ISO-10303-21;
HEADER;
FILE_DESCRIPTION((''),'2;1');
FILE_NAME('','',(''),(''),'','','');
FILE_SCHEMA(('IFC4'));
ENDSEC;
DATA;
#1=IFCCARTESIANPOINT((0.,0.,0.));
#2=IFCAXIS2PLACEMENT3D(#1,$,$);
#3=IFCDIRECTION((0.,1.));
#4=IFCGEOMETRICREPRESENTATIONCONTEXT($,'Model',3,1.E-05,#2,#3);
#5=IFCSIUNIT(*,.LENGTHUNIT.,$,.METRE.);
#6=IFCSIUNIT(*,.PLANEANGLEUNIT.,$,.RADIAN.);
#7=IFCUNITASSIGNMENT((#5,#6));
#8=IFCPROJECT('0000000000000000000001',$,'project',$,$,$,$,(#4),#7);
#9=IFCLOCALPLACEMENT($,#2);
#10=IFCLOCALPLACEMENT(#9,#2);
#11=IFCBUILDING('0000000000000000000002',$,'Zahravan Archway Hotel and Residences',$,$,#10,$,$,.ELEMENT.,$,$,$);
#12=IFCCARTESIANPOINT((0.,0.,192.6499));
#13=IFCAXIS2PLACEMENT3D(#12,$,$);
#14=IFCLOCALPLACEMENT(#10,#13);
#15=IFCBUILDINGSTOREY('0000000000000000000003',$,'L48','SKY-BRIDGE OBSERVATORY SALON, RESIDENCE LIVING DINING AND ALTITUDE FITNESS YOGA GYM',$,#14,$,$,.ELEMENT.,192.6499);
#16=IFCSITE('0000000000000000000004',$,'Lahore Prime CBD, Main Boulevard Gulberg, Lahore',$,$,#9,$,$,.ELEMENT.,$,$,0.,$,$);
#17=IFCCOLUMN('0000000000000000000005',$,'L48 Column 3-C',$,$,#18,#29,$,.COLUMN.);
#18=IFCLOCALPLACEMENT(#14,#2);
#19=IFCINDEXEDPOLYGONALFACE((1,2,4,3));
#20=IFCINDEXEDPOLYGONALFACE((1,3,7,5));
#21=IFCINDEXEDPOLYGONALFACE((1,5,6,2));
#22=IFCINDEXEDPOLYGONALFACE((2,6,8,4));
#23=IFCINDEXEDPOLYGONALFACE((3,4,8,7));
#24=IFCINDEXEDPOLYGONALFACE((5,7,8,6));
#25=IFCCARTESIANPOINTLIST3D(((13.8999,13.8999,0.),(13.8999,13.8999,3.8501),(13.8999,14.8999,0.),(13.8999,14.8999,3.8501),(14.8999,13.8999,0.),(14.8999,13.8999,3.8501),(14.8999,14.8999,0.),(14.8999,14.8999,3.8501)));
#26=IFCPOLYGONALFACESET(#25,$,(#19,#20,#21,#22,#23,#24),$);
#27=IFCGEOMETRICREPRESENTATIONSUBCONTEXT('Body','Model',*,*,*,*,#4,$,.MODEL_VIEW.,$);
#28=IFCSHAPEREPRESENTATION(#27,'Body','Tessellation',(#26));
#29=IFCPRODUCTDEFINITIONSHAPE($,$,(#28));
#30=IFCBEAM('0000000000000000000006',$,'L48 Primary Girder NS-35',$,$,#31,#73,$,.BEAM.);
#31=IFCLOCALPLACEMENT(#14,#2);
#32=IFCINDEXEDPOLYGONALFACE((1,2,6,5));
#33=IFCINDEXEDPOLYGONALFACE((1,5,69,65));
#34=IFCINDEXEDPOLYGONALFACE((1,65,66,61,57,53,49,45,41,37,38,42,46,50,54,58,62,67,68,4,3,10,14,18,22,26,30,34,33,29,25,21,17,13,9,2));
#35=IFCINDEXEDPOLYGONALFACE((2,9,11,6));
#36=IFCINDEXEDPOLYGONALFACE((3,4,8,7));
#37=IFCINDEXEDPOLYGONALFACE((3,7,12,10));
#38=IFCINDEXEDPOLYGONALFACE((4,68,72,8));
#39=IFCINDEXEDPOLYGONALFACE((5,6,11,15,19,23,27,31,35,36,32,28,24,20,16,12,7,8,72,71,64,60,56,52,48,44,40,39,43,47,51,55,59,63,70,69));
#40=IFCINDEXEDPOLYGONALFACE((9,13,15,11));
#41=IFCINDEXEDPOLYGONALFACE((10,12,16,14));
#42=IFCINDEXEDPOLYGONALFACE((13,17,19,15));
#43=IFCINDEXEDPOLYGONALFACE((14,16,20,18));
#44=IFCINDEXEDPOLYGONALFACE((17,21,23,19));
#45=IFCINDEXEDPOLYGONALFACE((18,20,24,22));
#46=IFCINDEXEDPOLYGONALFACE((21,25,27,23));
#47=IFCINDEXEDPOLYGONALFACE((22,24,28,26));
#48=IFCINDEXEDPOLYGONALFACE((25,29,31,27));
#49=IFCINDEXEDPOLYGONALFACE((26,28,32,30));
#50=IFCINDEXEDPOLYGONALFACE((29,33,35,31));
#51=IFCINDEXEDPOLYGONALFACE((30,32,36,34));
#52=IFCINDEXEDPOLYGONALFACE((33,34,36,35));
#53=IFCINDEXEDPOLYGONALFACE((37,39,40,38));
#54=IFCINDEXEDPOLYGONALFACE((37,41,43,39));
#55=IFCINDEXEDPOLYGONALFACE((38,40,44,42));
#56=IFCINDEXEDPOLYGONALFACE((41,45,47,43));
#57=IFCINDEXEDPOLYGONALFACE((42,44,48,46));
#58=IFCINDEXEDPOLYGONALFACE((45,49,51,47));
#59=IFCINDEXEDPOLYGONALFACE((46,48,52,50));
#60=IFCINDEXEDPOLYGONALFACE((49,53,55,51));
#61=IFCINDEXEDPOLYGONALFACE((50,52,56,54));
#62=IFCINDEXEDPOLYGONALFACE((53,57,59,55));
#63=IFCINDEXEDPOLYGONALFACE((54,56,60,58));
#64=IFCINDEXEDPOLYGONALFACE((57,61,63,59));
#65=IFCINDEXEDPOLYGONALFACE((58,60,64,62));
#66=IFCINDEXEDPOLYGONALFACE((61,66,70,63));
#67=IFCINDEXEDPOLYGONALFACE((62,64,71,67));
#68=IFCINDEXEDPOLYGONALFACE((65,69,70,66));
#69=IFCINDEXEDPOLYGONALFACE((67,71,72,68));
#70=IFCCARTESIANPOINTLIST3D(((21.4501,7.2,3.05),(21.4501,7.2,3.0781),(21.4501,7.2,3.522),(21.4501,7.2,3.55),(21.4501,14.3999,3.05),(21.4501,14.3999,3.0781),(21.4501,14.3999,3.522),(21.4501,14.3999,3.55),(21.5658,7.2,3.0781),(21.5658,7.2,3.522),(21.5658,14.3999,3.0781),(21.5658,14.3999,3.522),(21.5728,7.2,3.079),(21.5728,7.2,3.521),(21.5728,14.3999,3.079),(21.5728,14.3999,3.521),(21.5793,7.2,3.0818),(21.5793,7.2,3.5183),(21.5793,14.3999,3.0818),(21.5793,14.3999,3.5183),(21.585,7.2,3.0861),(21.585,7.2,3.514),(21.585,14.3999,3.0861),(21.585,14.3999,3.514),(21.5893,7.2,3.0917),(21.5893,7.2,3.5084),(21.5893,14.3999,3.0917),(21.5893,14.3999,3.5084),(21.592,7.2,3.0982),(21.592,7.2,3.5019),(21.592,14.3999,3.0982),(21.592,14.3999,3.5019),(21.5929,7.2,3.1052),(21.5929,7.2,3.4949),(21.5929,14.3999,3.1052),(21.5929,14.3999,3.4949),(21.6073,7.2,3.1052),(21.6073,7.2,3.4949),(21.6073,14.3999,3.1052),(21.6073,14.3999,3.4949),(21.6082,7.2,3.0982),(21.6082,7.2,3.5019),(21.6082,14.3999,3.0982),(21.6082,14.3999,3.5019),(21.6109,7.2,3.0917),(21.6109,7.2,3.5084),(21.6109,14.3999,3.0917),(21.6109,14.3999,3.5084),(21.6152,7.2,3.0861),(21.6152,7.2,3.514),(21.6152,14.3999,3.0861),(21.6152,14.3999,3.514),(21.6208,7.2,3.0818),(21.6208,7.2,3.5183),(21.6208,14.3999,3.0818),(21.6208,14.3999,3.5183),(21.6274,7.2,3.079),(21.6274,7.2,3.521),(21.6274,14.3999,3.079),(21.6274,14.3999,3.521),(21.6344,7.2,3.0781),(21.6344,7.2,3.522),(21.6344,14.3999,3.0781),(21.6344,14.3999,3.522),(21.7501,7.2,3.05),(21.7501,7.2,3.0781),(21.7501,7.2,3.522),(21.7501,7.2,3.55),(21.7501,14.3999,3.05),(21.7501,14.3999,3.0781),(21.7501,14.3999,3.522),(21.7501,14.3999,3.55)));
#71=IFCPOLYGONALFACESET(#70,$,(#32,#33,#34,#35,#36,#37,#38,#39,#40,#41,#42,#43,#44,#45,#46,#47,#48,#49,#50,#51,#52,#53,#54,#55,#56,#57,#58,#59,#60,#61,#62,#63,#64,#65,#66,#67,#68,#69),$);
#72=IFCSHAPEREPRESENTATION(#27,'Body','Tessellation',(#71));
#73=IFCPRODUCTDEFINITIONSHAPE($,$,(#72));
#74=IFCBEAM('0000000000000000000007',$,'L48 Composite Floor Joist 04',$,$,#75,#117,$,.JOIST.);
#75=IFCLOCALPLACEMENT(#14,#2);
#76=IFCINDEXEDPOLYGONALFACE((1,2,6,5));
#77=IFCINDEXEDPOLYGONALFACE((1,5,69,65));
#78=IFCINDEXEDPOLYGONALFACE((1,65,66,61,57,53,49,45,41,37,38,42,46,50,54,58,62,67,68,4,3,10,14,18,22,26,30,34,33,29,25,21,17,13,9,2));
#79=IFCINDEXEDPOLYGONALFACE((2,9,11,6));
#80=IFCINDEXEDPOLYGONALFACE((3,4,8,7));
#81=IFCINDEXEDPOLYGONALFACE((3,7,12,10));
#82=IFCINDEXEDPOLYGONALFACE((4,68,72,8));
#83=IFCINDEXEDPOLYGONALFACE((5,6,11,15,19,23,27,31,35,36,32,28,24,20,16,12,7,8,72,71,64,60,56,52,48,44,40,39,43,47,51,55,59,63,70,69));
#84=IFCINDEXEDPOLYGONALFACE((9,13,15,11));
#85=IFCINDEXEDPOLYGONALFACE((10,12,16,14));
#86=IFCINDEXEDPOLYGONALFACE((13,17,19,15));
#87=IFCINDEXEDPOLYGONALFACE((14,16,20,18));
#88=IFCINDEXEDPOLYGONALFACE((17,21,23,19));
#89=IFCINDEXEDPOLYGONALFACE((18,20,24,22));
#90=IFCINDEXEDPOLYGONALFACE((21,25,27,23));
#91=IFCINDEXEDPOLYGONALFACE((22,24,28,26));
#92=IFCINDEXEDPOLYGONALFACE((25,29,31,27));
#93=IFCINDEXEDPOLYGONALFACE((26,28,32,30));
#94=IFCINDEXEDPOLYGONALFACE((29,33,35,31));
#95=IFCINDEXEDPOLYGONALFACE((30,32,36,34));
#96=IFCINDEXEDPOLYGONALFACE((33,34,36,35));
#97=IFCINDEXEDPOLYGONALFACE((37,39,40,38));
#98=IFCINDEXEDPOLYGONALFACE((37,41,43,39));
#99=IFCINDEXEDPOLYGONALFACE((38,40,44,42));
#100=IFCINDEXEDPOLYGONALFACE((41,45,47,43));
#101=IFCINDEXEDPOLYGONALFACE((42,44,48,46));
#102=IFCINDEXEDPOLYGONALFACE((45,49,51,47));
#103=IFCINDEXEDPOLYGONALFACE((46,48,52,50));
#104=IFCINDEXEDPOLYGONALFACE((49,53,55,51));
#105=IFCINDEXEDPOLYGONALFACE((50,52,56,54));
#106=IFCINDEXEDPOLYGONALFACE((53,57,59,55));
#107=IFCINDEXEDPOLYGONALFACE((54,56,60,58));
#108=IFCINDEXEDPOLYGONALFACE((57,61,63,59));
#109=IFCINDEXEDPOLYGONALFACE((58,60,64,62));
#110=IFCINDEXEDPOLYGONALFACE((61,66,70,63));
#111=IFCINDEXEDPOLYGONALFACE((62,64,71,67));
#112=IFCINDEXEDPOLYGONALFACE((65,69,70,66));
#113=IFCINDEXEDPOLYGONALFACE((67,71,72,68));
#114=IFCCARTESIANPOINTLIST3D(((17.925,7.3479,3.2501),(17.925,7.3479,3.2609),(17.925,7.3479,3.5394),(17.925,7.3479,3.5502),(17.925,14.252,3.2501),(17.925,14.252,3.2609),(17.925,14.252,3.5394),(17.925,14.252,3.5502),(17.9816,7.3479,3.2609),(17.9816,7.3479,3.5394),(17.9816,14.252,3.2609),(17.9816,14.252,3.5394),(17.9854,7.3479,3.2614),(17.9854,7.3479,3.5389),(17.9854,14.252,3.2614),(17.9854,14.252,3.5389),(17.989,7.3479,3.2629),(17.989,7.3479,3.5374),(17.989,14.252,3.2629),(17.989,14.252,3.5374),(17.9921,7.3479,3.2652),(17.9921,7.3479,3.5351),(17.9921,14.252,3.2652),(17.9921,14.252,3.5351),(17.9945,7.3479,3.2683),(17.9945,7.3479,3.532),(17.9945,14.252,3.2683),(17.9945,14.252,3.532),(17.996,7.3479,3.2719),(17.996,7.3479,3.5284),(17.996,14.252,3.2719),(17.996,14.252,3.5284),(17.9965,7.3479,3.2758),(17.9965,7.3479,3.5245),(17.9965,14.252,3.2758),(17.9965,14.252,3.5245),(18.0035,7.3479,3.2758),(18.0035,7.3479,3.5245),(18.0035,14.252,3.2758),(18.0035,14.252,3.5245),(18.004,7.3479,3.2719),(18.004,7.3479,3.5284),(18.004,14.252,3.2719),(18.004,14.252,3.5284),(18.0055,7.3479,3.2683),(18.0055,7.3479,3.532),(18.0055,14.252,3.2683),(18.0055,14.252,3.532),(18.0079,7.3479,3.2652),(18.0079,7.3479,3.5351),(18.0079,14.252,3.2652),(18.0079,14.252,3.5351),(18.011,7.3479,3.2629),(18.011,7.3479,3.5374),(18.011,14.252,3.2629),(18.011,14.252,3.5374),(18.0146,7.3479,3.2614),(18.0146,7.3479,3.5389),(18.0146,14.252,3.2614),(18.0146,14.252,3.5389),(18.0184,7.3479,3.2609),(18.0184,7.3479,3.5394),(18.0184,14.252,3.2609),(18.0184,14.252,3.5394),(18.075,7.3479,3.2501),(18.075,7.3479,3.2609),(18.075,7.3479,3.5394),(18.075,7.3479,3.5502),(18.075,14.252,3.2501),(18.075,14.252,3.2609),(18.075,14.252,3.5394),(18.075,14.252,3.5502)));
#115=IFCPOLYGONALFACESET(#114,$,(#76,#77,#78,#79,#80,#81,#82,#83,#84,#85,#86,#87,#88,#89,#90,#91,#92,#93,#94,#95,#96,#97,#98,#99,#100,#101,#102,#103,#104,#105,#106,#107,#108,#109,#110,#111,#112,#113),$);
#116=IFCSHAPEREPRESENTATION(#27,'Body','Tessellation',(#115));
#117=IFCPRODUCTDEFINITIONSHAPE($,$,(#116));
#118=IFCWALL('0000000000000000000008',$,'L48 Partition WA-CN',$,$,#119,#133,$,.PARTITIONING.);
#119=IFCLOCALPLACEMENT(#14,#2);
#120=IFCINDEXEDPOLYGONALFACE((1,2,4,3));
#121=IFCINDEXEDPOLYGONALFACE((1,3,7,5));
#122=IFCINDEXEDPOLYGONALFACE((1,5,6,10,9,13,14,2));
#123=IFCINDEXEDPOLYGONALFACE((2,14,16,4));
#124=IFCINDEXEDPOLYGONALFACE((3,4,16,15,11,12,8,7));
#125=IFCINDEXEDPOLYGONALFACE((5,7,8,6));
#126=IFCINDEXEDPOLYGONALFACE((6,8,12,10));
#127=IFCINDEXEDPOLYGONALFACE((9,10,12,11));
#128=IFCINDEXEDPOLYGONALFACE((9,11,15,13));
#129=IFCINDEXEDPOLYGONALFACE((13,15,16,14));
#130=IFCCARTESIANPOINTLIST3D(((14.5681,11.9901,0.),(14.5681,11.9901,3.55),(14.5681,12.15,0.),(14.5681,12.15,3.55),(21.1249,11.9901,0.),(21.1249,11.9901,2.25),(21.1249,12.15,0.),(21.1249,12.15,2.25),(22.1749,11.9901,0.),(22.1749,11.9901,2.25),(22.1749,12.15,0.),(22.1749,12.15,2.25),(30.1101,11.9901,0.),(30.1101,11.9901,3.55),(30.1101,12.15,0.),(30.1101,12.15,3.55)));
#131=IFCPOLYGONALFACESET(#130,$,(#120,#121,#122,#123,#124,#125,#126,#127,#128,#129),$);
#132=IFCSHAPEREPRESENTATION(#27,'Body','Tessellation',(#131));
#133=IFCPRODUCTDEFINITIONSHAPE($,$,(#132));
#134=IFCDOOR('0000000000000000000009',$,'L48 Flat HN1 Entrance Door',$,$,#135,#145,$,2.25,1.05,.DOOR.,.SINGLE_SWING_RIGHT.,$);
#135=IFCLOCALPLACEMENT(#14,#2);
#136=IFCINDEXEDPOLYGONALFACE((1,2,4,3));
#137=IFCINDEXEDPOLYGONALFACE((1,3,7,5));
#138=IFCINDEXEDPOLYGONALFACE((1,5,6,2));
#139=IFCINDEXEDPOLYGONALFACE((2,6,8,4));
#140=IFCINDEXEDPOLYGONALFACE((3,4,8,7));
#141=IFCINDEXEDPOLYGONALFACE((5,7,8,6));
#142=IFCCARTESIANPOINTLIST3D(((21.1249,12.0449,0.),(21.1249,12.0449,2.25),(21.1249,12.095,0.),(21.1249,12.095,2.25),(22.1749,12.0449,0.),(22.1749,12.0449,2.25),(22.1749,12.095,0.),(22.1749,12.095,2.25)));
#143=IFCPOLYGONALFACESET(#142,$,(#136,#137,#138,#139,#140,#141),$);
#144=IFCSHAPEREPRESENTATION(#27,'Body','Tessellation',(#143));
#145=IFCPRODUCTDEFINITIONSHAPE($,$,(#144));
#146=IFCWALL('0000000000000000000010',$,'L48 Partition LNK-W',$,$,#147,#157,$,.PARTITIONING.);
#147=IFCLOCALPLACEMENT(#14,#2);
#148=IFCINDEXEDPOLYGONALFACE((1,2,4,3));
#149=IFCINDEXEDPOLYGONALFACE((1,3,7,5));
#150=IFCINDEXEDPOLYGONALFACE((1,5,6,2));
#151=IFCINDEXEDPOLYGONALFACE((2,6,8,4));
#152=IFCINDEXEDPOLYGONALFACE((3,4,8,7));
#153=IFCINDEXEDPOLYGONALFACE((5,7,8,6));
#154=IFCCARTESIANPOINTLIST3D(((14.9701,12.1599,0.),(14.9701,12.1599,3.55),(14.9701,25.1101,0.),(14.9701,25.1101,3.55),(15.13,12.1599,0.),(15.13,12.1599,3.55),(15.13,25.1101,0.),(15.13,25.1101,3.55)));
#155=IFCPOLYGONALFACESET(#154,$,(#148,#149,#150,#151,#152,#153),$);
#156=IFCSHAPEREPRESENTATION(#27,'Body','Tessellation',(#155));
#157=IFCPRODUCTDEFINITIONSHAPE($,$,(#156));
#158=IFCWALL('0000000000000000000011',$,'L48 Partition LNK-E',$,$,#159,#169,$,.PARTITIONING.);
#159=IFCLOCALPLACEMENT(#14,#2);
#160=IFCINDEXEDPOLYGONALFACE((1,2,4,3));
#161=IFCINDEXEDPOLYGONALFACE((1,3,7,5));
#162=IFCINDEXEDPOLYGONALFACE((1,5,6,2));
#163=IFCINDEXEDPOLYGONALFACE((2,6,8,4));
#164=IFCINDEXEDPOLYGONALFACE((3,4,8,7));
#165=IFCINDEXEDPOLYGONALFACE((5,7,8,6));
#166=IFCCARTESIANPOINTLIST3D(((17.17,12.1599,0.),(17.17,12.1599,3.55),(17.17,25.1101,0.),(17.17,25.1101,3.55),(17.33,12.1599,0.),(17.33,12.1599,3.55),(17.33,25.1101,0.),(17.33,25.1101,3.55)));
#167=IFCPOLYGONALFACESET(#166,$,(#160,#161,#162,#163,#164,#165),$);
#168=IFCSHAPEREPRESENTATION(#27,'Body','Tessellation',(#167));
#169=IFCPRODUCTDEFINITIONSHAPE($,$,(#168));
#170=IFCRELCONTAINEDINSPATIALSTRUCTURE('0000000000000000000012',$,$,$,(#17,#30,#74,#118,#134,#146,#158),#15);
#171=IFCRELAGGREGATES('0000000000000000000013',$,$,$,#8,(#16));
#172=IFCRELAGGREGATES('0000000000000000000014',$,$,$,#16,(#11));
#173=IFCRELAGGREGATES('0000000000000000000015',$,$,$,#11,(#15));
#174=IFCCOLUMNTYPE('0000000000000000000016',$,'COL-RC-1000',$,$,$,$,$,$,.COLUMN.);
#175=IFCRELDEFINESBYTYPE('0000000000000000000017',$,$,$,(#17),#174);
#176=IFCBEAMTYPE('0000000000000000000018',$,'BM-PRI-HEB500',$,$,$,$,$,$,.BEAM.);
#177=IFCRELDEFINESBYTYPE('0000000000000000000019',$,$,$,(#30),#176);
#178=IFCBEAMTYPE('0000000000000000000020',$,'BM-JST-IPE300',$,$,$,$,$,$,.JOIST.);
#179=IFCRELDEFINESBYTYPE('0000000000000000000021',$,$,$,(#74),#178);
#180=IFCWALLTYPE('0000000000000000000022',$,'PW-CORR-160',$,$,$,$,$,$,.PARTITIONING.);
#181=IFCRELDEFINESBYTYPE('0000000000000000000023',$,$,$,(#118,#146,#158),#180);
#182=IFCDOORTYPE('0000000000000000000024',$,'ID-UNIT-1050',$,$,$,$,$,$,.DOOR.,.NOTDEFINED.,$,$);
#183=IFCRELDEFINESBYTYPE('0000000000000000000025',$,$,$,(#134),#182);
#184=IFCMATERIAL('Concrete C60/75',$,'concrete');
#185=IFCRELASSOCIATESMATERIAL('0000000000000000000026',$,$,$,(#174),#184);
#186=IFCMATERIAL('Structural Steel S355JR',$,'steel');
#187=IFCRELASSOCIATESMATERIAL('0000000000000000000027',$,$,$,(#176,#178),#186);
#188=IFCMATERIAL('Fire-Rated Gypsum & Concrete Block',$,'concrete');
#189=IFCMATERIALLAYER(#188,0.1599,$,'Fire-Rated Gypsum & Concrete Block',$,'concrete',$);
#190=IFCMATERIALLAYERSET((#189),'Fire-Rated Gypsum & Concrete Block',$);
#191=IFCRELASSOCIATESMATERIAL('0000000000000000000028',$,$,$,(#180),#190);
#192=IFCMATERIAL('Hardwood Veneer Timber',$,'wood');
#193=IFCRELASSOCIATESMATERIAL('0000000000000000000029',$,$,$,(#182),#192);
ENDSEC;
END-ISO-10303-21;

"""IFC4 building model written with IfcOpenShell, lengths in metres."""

from ifc_helpers import new_model, si_unit, direction, frame, frame_2d, origin, origin_2d, place, context, subcontext, project, spatial, rectangle, i_section, extrude, source, transform, mapped, material, layer, layer_set, material_profile, profile_set, type_object, type_shapes, element, fill, save


model = new_model("IFC4")

# Units and contexts
model_context = context("Model", 3, precision=1e-05, world=origin(), true_north=direction((0.0, 1.0)))
body_context = subcontext(model_context, "Body", "Model", "MODEL_VIEW")
ifc_project = project(units=[si_unit("LENGTHUNIT", "METRE"), si_unit("PLANEANGLEUNIT", "RADIAN")], contexts=[model_context])

# Site, building, storey
site_placement = place(None, origin())
site = spatial("IfcSite", under=ifc_project, at=site_placement, Name="Lahore Prime CBD, Main Boulevard Gulberg, Lahore", CompositionType="ELEMENT", RefElevation=0.0)
building_placement = place(site_placement, origin())
building = spatial("IfcBuilding", under=site, at=building_placement, Name="Zahravan Archway Hotel and Residences", CompositionType="ELEMENT")
storey_placement = place(building_placement, frame((0.0, 0.0, 192.6499)))
storey = spatial("IfcBuildingStorey", under=building, at=storey_placement, Name="L48", Description="SKY-BRIDGE OBSERVATORY SALON, RESIDENCE LIVING DINING AND ALTITUDE FITNESS YOGA GYM", CompositionType="ELEMENT", Elevation=192.6499)

# Column
ifc_material_1 = material(Name="Concrete C60/75", Category="concrete")
ifc_material_profile_1 = material_profile(ifc_material_1, rectangle(XDim=1.0, YDim=1.0, at=origin_2d()), Name="RC-COL-1000x1000", Category="concrete")
ifc_profile_set_1 = profile_set([ifc_material_profile_1], Name="Concrete C60/75")
column_type = type_object("IfcColumnType", Name="COL-RC-1000", PredefinedType="COLUMN", material=ifc_profile_set_1)
shared_shape_1 = source(origin(), body_context, "Body", "SweptSolid", [
    extrude(rectangle(XDim=1.0, YDim=1.0, at=origin_2d()), origin(), (0.0, 0.0, 1.0), 3.8501),
])
column_placement = place(storey_placement, frame((14.3999, 14.3999, 0.0), z_axis=(0.0, 0.0, 1.0), x_axis=(1.0, 0.0, 0.0)))
element("IfcColumn", 1, at=column_placement, inside=storey, type_object=column_type, Name="L48 Column 3-C", PredefinedType="COLUMN", context=body_context, shape_type="MappedRepresentation", body=[
    mapped(shared_shape_1, transform((0.0, 0.0, 0.0), scale=1.0)),
])

# Beams
ifc_material_2 = material(Name="Structural Steel S355JR", Category="steel")
ifc_material_profile_2 = material_profile(ifc_material_2, i_section(OverallWidth=0.3, OverallDepth=0.5, WebThickness=0.0144, FlangeThickness=0.0281, FilletRadius=0.0271, at=origin_2d()), Name="HEB 500", Category="steel")
ifc_profile_set_2 = profile_set([ifc_material_profile_2], Name="Structural Steel S355JR")
beam_type_1 = type_object("IfcBeamType", Name="BM-PRI-HEB500", PredefinedType="BEAM", material=ifc_profile_set_2)
shared_shape_2 = source(origin(), body_context, "Body", "SweptSolid", [
    extrude(i_section(OverallWidth=0.3, OverallDepth=0.5, WebThickness=0.0144, FlangeThickness=0.0281, FilletRadius=0.0271, at=origin_2d()), origin(), (0.0, 0.0, 1.0), 7.2),
])
beam_1_placement = place(storey_placement, frame((21.6001, 7.2, 3.3), z_axis=(0.0, 1.0, 0.0), x_axis=(-1.0, 0.0, 0.0)))
element("IfcBeam", 2, at=beam_1_placement, inside=storey, type_object=beam_type_1, Name="L48 Primary Girder NS-35", PredefinedType="BEAM", context=body_context, shape_type="MappedRepresentation", body=[
    mapped(shared_shape_2, transform((0.0, 0.0, 0.0), scale=1.0)),
])
ifc_material_profile_3 = material_profile(ifc_material_2, i_section(OverallWidth=0.1499, OverallDepth=0.3, WebThickness=0.0071, FlangeThickness=0.0107, FilletRadius=0.0149, at=origin_2d()), Name="IPE 300", Category="steel")
ifc_profile_set_3 = profile_set([ifc_material_profile_3], Name="Structural Steel S355JR")
beam_type_2 = type_object("IfcBeamType", Name="BM-JST-IPE300", PredefinedType="JOIST", material=ifc_profile_set_3)
shared_shape_3 = source(origin(), body_context, "Body", "SweptSolid", [
    extrude(i_section(OverallWidth=0.1499, OverallDepth=0.3, WebThickness=0.0071, FlangeThickness=0.0107, FilletRadius=0.0149, at=origin_2d()), origin(), (0.0, 0.0, 1.0), 6.9041),
])
type_shapes(beam_type_2, [shared_shape_3])
beam_2_placement = place(storey_placement, frame((18.0, 7.3479, 3.4001), z_axis=(0.0, 1.0, 0.0), x_axis=(-1.0, 0.0, 0.0)))
element("IfcBeam", 3, at=beam_2_placement, inside=storey, type_object=beam_type_2, Name="L48 Composite Floor Joist 04", PredefinedType="JOIST", context=body_context, shape_type="MappedRepresentation", body=[
    mapped(shared_shape_3, transform((0.0, 0.0, 0.0), scale=1.0)),
])

# Wall, opening, door
ifc_material_3 = material(Name="Fire-Rated Gypsum & Concrete Block", Category="concrete")
ifc_layer_1 = layer(ifc_material_3, 0.1599, Name="Fire-Rated Gypsum & Concrete Block", Category="concrete")
ifc_layer_set_1 = layer_set([ifc_layer_1], Name="Fire-Rated Gypsum & Concrete Block")
wall_type_1 = type_object("IfcWallType", Name="PW-CORR-160", PredefinedType="PARTITIONING", material=ifc_layer_set_1)
wall_1_placement = place(storey_placement, frame((14.5681, 12.0701, 0.0), z_axis=(0.0, 0.0, 1.0), x_axis=(1.0, 0.0, 0.0)))
wall_1 = element("IfcWall", 4, at=wall_1_placement, inside=storey, type_object=wall_type_1, Name="L48 Partition WA-CN", PredefinedType="PARTITIONING", context=body_context, shape_type="SweptSolid", body=[
    extrude(rectangle(XDim=15.542, YDim=0.1599, at=frame_2d((7.771, 0.0))), origin(), (0.0, 0.0, 1.0), 3.55),
])
opening_1_placement = place(wall_1_placement, frame((6.5569, 0.0, 0.0)))
opening_1 = element("IfcOpeningElement", 5, at=opening_1_placement, cuts=wall_1, PredefinedType="OPENING", context=body_context, shape_type="SweptSolid", body=[
    extrude(rectangle(XDim=1.05, YDim=2.25, at=frame_2d((0.5249, 1.125))), frame((0.0, 0.0898, 0.0), z_axis=(0.0, -1.0, 0.0), x_axis=(1.0, 0.0, 0.0)), (0.0, 0.0, 1.0), 0.1799),
])
ifc_material_4 = material(Name="Hardwood Veneer Timber", Category="wood")
door_type_1 = type_object("IfcDoorType", Name="ID-UNIT-1050", OperationType="NOTDEFINED", PredefinedType="DOOR", material=ifc_material_4)
shared_shape_4 = source(origin(), body_context, "Body", "SweptSolid", [
    extrude(rectangle(XDim=1.05, YDim=2.25, at=frame_2d((0.5249, 1.125))), frame((0.0, 0.0249, 0.0), z_axis=(0.0, -1.0, 0.0), x_axis=(1.0, 0.0, 0.0)), (0.0, 0.0, 1.0), 0.05),
])
type_shapes(door_type_1, [shared_shape_4])
door_1_placement = place(opening_1_placement, origin())
door_1 = element("IfcDoor", 6, at=door_1_placement, inside=storey, type_object=door_type_1, Name="L48 Flat HN1 Entrance Door", OperationType="SINGLE_SWING_RIGHT", OverallHeight=2.25, OverallWidth=1.05, PredefinedType="DOOR", context=body_context, shape_type="MappedRepresentation", body=[
    mapped(shared_shape_4, transform((0.0, 0.0, 0.0), scale=1.0)),
])
fill(opening_1, door_1)

# Walls
for number, where, z_axis, x_axis, name in (
    (7, (15.05, 12.1599, 0.0), (0.0, 0.0, 1.0), (0.0, 1.0, 0.0), "L48 Partition LNK-W"),
    (8, (17.25, 12.1599, 0.0), (0.0, 0.0, 1.0), (0.0, 1.0, 0.0), "L48 Partition LNK-E"),
):
    element("IfcWall", number, at=place(storey_placement, frame(where, z_axis=z_axis, x_axis=x_axis)), inside=storey, type_object=wall_type_1, Name=name, PredefinedType="PARTITIONING", context=body_context, shape_type="SweptSolid", body=[
        extrude(rectangle(XDim=12.9502, YDim=0.1599, at=frame_2d((6.4751, 0.0))), origin(), (0.0, 0.0, 1.0), 3.55),
    ])

save(model, "model.ifc")
